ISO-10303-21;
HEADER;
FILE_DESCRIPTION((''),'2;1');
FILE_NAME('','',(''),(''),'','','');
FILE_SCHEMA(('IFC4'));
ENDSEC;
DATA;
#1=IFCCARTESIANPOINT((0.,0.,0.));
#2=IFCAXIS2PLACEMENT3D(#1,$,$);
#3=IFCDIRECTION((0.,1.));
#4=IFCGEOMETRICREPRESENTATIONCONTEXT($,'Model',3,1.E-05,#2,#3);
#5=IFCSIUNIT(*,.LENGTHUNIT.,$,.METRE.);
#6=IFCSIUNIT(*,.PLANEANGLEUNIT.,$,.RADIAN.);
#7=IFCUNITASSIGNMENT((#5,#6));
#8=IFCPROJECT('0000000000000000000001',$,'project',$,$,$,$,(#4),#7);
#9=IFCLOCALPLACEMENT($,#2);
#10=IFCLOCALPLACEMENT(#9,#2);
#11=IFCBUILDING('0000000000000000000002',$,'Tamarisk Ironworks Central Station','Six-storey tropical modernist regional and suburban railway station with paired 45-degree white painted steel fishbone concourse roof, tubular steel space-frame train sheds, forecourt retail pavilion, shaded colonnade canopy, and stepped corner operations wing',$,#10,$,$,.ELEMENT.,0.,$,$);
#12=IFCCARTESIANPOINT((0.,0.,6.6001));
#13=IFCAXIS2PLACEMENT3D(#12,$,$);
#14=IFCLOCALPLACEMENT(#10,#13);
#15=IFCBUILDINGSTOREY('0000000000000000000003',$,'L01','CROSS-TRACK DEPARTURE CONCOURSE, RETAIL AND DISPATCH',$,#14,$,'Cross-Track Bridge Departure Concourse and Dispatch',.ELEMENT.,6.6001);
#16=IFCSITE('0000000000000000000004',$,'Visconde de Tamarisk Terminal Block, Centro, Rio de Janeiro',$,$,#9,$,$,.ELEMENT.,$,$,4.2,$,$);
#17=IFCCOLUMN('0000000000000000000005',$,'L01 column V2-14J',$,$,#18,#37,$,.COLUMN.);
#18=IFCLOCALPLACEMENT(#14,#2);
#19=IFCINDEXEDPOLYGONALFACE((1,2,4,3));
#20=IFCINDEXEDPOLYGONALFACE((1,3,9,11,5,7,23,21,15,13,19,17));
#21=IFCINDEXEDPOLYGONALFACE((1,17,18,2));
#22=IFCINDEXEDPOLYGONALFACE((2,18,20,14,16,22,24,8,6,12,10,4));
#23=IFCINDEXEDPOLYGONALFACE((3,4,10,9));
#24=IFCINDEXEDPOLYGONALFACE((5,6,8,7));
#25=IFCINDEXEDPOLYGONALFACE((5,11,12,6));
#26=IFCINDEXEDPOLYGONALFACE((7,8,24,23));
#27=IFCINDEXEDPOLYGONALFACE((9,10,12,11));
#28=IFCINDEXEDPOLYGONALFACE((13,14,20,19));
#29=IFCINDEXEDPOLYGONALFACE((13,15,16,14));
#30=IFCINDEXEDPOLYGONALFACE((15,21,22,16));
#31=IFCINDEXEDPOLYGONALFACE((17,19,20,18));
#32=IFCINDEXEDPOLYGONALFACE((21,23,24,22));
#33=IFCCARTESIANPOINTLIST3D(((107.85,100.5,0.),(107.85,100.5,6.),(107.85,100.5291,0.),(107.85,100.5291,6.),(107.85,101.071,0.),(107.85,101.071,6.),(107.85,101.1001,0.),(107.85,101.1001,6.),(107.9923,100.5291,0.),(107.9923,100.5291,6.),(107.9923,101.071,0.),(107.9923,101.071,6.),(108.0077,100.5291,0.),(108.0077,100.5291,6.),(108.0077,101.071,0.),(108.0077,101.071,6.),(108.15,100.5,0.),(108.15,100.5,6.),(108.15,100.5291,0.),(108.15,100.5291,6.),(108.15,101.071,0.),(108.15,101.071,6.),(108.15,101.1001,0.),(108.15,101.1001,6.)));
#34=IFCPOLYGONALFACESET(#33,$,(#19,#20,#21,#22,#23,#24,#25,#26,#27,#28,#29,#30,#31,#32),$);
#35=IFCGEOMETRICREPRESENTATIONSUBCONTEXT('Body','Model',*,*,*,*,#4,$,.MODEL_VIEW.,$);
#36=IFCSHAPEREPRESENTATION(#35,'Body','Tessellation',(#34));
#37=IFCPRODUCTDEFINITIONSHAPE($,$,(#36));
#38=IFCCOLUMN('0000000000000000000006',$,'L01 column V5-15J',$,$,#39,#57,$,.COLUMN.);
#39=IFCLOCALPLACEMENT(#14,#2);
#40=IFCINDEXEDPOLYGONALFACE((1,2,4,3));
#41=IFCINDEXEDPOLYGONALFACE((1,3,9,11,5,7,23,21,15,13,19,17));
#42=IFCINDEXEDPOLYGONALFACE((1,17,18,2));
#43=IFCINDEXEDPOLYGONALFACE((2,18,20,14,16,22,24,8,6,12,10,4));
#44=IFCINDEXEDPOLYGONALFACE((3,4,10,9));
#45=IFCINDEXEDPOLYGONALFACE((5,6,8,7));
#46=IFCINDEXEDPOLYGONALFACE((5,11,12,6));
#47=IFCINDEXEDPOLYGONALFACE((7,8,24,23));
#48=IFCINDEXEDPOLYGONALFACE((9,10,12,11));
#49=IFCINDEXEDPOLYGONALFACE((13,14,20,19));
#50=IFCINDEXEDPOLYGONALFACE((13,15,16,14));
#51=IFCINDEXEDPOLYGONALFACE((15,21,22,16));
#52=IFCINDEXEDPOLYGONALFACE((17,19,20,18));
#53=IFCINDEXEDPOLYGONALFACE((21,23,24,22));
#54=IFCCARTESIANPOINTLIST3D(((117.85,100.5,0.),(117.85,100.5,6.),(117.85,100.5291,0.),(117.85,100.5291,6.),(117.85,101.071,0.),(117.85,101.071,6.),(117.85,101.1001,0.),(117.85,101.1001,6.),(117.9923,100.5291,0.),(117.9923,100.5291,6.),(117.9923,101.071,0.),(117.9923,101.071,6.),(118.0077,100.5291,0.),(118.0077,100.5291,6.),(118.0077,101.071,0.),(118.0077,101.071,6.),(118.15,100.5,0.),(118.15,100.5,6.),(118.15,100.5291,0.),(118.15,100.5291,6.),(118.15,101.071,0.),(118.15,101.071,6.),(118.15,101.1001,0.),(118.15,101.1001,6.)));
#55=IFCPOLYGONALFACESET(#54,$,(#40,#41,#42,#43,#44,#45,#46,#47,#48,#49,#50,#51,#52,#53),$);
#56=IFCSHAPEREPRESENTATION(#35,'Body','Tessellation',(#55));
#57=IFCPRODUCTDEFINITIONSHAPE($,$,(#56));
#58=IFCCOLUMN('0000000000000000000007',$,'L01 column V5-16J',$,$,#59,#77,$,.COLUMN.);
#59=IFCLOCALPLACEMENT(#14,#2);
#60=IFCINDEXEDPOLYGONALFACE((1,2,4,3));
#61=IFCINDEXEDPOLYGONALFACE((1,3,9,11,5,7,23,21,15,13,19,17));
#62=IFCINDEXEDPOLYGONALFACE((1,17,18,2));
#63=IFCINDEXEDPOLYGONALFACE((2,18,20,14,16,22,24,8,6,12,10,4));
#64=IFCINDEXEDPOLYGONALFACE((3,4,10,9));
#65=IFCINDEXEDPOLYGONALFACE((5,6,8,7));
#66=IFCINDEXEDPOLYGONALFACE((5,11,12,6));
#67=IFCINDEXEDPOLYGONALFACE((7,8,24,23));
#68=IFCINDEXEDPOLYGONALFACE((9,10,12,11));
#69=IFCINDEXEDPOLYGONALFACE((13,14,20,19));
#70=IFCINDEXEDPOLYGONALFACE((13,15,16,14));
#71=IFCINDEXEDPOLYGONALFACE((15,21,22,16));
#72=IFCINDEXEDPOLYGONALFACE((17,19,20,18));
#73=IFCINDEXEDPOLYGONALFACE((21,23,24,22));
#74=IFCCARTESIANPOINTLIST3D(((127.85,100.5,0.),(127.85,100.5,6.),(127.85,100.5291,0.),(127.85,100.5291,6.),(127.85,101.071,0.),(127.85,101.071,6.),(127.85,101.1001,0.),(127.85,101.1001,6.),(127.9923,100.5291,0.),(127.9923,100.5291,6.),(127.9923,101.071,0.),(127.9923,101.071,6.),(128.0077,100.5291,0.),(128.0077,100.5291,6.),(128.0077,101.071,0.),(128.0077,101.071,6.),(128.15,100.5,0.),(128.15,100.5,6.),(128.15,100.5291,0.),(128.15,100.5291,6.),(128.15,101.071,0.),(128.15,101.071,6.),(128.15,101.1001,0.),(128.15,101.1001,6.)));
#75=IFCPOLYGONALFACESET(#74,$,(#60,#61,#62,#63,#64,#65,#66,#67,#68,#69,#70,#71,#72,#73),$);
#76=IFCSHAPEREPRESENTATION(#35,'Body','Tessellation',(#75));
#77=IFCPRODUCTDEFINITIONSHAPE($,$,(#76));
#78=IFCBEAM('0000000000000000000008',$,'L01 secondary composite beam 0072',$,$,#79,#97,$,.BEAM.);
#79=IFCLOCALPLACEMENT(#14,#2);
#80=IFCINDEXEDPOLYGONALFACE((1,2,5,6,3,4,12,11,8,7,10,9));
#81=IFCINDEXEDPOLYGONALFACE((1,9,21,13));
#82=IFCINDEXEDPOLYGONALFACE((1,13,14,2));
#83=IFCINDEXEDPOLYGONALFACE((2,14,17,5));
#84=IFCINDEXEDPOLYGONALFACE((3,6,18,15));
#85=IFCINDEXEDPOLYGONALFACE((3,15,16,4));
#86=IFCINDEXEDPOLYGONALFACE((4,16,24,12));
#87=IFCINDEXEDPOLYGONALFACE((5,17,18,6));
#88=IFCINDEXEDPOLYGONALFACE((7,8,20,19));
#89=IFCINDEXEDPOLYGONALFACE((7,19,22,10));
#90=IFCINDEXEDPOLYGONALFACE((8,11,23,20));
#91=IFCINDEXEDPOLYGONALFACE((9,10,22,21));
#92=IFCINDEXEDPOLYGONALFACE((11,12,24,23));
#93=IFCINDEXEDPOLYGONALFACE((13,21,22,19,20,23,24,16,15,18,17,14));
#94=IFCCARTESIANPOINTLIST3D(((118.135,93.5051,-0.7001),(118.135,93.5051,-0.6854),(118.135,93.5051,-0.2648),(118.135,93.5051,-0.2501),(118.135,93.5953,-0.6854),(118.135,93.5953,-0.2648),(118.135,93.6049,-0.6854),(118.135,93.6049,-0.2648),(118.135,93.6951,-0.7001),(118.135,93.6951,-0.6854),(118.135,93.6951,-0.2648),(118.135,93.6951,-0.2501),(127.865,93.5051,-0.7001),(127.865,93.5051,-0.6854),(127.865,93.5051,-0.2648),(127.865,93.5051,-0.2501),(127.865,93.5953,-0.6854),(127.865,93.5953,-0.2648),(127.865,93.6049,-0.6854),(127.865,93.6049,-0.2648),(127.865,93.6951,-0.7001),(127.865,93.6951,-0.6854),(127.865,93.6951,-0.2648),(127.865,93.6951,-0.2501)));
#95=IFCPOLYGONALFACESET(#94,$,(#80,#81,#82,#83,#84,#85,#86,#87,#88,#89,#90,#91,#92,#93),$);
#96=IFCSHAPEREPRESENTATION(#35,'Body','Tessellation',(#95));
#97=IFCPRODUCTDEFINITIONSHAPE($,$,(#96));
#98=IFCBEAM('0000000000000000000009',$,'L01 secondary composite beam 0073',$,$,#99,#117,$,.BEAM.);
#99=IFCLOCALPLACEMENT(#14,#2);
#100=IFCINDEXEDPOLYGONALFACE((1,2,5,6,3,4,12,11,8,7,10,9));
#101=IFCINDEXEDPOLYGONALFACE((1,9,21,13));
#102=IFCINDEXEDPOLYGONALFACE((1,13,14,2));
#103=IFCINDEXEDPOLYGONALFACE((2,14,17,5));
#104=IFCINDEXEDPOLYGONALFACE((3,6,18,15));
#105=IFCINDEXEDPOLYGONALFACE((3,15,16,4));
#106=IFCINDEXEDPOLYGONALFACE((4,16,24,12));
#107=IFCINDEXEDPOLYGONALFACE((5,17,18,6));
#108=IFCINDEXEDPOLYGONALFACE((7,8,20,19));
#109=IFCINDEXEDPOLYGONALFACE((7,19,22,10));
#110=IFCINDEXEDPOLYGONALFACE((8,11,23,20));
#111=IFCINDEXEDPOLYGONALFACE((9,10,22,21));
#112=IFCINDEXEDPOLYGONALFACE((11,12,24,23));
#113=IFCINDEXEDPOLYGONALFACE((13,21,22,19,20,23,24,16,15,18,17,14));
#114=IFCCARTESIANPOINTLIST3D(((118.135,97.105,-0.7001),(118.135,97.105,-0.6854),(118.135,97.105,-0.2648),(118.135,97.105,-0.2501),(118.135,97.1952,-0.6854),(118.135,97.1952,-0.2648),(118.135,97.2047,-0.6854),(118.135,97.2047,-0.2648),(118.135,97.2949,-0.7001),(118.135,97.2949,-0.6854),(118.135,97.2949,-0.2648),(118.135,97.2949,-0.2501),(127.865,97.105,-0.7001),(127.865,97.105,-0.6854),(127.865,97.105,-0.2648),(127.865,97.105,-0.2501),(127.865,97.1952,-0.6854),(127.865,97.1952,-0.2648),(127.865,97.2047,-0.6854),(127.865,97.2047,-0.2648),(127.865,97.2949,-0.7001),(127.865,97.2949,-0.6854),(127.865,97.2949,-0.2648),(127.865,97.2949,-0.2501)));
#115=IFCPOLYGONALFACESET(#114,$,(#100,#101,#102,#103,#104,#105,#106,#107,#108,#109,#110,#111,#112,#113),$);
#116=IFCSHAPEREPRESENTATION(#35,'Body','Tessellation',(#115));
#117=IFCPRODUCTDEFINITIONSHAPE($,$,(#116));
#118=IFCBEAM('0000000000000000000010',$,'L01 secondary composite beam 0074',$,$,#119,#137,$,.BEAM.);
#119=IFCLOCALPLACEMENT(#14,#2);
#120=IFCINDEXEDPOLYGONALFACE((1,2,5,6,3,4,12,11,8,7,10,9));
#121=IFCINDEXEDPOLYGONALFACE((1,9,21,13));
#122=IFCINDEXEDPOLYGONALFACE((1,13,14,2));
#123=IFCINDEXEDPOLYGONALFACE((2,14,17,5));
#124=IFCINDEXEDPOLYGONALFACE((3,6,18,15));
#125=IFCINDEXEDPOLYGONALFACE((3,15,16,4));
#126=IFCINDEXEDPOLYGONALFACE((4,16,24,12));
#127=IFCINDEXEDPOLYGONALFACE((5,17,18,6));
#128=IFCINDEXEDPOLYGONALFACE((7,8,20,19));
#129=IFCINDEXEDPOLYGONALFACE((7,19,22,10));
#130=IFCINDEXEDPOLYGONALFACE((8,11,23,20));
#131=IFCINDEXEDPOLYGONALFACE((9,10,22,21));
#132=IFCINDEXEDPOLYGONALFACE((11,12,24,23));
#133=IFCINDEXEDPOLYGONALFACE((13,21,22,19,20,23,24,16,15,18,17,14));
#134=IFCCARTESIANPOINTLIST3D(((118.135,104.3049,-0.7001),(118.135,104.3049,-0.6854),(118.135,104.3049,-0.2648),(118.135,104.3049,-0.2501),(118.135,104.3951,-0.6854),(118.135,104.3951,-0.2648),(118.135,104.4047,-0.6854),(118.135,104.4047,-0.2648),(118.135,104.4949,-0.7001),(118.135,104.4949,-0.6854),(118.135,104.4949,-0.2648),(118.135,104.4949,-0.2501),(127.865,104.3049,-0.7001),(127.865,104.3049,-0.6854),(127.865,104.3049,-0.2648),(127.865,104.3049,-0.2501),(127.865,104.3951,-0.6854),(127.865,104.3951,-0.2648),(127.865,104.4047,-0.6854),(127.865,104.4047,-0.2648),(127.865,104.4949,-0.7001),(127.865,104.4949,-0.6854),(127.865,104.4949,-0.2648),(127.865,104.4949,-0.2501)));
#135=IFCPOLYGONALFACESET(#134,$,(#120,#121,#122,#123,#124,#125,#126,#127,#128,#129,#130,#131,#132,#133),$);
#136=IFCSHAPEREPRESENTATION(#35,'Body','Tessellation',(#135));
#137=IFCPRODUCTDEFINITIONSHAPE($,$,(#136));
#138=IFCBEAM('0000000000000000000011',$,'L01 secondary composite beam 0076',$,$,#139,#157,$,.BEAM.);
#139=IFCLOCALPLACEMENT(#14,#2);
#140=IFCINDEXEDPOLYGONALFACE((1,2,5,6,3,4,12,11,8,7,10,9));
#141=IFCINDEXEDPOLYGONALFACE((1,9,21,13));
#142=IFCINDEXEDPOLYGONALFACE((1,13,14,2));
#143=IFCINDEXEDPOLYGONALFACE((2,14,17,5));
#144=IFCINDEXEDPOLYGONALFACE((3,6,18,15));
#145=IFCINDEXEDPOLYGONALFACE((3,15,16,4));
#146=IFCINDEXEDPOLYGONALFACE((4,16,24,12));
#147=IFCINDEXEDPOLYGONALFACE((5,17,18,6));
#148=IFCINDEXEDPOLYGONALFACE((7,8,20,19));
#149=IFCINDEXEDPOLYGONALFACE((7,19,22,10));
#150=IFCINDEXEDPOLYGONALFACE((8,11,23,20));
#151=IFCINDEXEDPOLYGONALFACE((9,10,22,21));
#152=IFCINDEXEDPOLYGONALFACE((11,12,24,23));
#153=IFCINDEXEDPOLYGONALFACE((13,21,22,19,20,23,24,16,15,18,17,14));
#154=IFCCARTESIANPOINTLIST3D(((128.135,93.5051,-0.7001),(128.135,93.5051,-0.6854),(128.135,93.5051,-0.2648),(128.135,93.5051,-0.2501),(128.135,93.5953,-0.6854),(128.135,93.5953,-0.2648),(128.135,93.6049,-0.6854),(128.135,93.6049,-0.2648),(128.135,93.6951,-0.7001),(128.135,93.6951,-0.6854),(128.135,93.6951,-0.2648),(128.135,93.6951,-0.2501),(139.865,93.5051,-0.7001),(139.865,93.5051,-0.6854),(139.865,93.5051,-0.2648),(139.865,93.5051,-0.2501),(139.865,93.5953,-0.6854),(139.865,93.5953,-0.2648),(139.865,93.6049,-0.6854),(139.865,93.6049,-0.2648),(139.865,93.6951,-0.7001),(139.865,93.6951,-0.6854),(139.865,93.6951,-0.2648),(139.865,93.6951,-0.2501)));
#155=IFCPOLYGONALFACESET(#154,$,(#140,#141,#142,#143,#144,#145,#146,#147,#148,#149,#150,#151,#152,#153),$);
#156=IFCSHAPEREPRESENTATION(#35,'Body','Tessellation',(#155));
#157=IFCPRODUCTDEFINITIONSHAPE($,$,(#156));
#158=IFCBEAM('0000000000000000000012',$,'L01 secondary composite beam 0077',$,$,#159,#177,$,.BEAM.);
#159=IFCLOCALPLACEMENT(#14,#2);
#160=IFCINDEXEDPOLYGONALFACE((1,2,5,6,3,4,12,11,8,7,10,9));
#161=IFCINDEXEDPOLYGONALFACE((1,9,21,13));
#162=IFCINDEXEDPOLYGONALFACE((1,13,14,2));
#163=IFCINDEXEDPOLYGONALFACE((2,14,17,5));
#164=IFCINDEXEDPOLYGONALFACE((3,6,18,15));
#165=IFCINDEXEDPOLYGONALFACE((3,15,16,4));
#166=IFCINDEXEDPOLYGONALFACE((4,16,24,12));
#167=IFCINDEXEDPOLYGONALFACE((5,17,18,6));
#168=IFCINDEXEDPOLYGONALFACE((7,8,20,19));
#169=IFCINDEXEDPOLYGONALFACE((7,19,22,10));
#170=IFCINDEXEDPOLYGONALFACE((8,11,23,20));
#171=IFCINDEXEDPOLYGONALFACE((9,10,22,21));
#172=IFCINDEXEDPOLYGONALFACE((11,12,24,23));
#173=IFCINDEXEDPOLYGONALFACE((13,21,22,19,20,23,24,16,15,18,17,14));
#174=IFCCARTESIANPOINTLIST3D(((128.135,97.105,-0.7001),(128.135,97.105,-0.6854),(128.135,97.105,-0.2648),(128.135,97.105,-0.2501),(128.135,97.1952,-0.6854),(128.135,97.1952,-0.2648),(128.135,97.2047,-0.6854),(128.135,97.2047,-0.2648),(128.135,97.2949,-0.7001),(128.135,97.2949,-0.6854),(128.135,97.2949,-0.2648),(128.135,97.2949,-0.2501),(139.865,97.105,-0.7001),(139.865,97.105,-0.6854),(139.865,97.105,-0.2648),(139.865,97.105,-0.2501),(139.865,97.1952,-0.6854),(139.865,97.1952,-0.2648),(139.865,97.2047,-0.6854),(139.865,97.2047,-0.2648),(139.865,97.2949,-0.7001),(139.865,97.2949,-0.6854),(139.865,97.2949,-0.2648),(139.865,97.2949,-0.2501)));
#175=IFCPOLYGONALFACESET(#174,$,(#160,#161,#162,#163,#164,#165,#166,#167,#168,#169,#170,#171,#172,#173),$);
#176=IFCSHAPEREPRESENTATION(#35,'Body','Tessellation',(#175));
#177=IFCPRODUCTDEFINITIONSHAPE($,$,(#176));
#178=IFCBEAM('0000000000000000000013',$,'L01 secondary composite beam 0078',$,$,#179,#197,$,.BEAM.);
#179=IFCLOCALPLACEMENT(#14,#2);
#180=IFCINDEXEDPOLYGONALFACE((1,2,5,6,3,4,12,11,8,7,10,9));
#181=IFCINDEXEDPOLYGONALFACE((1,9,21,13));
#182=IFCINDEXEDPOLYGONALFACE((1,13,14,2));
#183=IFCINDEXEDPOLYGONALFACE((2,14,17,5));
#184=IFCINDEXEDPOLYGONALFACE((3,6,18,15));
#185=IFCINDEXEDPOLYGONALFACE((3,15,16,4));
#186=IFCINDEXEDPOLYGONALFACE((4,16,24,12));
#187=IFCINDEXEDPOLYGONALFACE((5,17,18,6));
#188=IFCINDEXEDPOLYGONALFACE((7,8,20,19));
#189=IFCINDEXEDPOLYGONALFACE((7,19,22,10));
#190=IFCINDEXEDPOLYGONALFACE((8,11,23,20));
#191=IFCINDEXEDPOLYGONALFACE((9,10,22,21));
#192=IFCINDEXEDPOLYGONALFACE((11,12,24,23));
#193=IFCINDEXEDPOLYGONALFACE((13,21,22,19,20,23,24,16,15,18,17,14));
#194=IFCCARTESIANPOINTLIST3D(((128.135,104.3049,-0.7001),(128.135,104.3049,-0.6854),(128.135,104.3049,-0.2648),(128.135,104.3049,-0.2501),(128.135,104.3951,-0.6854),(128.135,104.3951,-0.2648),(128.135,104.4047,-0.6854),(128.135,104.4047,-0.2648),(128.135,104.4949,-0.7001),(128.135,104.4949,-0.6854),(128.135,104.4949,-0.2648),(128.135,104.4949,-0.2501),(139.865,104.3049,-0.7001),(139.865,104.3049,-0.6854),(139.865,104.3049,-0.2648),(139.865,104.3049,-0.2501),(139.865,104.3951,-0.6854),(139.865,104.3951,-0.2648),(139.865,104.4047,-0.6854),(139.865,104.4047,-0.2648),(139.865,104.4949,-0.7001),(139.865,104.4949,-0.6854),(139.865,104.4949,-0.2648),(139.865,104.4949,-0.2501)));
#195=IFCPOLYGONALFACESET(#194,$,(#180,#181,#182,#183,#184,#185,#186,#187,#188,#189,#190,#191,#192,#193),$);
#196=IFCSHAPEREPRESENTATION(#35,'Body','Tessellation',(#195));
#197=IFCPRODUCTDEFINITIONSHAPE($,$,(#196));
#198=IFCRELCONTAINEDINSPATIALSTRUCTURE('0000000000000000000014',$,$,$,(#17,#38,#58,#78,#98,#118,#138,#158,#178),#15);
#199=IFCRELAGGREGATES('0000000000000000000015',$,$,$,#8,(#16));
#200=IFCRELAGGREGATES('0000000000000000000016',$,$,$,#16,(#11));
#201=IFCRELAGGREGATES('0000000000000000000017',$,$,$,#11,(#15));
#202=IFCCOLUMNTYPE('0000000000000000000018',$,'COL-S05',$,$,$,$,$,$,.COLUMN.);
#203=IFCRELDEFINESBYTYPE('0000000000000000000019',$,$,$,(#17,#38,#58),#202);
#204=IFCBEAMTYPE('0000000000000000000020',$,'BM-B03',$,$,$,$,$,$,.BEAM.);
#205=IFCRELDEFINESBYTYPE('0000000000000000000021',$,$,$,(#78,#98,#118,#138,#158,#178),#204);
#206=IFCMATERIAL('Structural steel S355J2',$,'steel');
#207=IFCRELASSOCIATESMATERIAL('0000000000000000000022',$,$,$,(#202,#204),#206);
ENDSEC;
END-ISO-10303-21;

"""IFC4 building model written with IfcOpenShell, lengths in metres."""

from ifc_helpers import new_model, si_unit, direction, frame, origin, origin_2d, place, context, subcontext, project, spatial, i_section, extrude, material, material_profile, profile_set, type_object, element, save


model = new_model("IFC4")

# Units and contexts
model_context = context("Model", 3, precision=1e-05, world=origin(), true_north=direction((0.0, 1.0)))
body_context = subcontext(model_context, "Body", "Model", "MODEL_VIEW")
ifc_project = project(units=[si_unit("LENGTHUNIT", "METRE"), si_unit("PLANEANGLEUNIT", "RADIAN")], contexts=[model_context])

# Site, building, storey
site_placement = place(None, origin())
site = spatial("IfcSite", under=ifc_project, at=site_placement, Name="Visconde de Tamarisk Terminal Block, Centro, Rio de Janeiro", CompositionType="ELEMENT", RefElevation=4.2)
building_placement = place(site_placement, origin())
building = spatial("IfcBuilding", under=site, at=building_placement, Name="Tamarisk Ironworks Central Station", Description="Six-storey tropical modernist regional and suburban railway station with paired 45-degree white painted steel fishbone concourse roof, tubular steel space-frame train sheds, forecourt retail pavilion, shaded colonnade canopy, and stepped corner operations wing", CompositionType="ELEMENT", ElevationOfRefHeight=0.0)
storey_placement = place(building_placement, frame((0.0, 0.0, 6.6001)))
storey = spatial("IfcBuildingStorey", under=building, at=storey_placement, Name="L01", Description="CROSS-TRACK DEPARTURE CONCOURSE, RETAIL AND DISPATCH", LongName="Cross-Track Bridge Departure Concourse and Dispatch", CompositionType="ELEMENT", Elevation=6.6001)

# Columns
ifc_material_1 = material(Name="Structural steel S355J2", Category="steel")
ifc_material_profile_1 = material_profile(ifc_material_1, i_section(OverallWidth=0.3, OverallDepth=0.6001, WebThickness=0.0154, FlangeThickness=0.0291, at=origin_2d()), Name="HEB 600")
ifc_profile_set_1 = profile_set([ifc_material_profile_1], Name="Structural steel S355J2")
column_type = type_object("IfcColumnType", Name="COL-S05", PredefinedType="COLUMN", material=ifc_profile_set_1)
for number, where, z_axis, x_axis, name in (
    (1, (108.0, 100.8, 0.0), (0.0, 0.0, 1.0), (1.0, 0.0, 0.0), "L01 column V2-14J"),
    (2, (118.0, 100.8, 0.0), (0.0, 0.0, 1.0), (1.0, 0.0, 0.0), "L01 column V5-15J"),
    (3, (128.0, 100.8, 0.0), (0.0, 0.0, 1.0), (1.0, 0.0, 0.0), "L01 column V5-16J"),
):
    element("IfcColumn", number, at=place(storey_placement, frame(where, z_axis=z_axis, x_axis=x_axis)), inside=storey, type_object=column_type, Name=name, PredefinedType="COLUMN", context=body_context, shape_type="SweptSolid", body=[
        extrude(i_section(OverallWidth=0.3, OverallDepth=0.6001, WebThickness=0.0154, FlangeThickness=0.0291, at=origin_2d()), origin(), (0.0, 0.0, 1.0), 6.0),
    ])

# Beams
ifc_material_profile_2 = material_profile(ifc_material_1, i_section(OverallWidth=0.1899, OverallDepth=0.45, WebThickness=0.0095, FlangeThickness=0.0146, at=origin_2d()), Name="IPE 450")
ifc_profile_set_2 = profile_set([ifc_material_profile_2], Name="Structural steel S355J2")
beam_type_1 = type_object("IfcBeamType", Name="BM-B03", PredefinedType="BEAM", material=ifc_profile_set_2)
for number, where, z_axis, x_axis, name in (
    (4, (118.135, 93.6001, -0.4751), (1.0, 0.0, 0.0), (0.0, 1.0, 0.0), "L01 secondary composite beam 0072"),
    (5, (118.135, 97.2, -0.4751), (1.0, 0.0, 0.0), (0.0, 1.0, 0.0), "L01 secondary composite beam 0073"),
    (6, (118.135, 104.3999, -0.4751), (1.0, 0.0, 0.0), (0.0, 1.0, 0.0), "L01 secondary composite beam 0074"),
):
    element("IfcBeam", number, at=place(storey_placement, frame(where, z_axis=z_axis, x_axis=x_axis)), inside=storey, type_object=beam_type_1, Name=name, PredefinedType="BEAM", context=body_context, shape_type="SweptSolid", body=[
        extrude(i_section(OverallWidth=0.1899, OverallDepth=0.45, WebThickness=0.0095, FlangeThickness=0.0146, at=origin_2d()), origin(), (0.0, 0.0, 1.0), 9.73),
    ])
for number, where, z_axis, x_axis, name in (
    (7, (128.135, 93.6001, -0.4751), (1.0, 0.0, 0.0), (0.0, 1.0, 0.0), "L01 secondary composite beam 0076"),
    (8, (128.135, 97.2, -0.4751), (1.0, 0.0, 0.0), (0.0, 1.0, 0.0), "L01 secondary composite beam 0077"),
    (9, (128.135, 104.3999, -0.4751), (1.0, 0.0, 0.0), (0.0, 1.0, 0.0), "L01 secondary composite beam 0078"),
):
    element("IfcBeam", number, at=place(storey_placement, frame(where, z_axis=z_axis, x_axis=x_axis)), inside=storey, type_object=beam_type_1, Name=name, PredefinedType="BEAM", context=body_context, shape_type="SweptSolid", body=[
        extrude(i_section(OverallWidth=0.1899, OverallDepth=0.45, WebThickness=0.0095, FlangeThickness=0.0146, at=origin_2d()), origin(), (0.0, 0.0, 1.0), 11.73),
    ])

save(model, "model.ifc")
